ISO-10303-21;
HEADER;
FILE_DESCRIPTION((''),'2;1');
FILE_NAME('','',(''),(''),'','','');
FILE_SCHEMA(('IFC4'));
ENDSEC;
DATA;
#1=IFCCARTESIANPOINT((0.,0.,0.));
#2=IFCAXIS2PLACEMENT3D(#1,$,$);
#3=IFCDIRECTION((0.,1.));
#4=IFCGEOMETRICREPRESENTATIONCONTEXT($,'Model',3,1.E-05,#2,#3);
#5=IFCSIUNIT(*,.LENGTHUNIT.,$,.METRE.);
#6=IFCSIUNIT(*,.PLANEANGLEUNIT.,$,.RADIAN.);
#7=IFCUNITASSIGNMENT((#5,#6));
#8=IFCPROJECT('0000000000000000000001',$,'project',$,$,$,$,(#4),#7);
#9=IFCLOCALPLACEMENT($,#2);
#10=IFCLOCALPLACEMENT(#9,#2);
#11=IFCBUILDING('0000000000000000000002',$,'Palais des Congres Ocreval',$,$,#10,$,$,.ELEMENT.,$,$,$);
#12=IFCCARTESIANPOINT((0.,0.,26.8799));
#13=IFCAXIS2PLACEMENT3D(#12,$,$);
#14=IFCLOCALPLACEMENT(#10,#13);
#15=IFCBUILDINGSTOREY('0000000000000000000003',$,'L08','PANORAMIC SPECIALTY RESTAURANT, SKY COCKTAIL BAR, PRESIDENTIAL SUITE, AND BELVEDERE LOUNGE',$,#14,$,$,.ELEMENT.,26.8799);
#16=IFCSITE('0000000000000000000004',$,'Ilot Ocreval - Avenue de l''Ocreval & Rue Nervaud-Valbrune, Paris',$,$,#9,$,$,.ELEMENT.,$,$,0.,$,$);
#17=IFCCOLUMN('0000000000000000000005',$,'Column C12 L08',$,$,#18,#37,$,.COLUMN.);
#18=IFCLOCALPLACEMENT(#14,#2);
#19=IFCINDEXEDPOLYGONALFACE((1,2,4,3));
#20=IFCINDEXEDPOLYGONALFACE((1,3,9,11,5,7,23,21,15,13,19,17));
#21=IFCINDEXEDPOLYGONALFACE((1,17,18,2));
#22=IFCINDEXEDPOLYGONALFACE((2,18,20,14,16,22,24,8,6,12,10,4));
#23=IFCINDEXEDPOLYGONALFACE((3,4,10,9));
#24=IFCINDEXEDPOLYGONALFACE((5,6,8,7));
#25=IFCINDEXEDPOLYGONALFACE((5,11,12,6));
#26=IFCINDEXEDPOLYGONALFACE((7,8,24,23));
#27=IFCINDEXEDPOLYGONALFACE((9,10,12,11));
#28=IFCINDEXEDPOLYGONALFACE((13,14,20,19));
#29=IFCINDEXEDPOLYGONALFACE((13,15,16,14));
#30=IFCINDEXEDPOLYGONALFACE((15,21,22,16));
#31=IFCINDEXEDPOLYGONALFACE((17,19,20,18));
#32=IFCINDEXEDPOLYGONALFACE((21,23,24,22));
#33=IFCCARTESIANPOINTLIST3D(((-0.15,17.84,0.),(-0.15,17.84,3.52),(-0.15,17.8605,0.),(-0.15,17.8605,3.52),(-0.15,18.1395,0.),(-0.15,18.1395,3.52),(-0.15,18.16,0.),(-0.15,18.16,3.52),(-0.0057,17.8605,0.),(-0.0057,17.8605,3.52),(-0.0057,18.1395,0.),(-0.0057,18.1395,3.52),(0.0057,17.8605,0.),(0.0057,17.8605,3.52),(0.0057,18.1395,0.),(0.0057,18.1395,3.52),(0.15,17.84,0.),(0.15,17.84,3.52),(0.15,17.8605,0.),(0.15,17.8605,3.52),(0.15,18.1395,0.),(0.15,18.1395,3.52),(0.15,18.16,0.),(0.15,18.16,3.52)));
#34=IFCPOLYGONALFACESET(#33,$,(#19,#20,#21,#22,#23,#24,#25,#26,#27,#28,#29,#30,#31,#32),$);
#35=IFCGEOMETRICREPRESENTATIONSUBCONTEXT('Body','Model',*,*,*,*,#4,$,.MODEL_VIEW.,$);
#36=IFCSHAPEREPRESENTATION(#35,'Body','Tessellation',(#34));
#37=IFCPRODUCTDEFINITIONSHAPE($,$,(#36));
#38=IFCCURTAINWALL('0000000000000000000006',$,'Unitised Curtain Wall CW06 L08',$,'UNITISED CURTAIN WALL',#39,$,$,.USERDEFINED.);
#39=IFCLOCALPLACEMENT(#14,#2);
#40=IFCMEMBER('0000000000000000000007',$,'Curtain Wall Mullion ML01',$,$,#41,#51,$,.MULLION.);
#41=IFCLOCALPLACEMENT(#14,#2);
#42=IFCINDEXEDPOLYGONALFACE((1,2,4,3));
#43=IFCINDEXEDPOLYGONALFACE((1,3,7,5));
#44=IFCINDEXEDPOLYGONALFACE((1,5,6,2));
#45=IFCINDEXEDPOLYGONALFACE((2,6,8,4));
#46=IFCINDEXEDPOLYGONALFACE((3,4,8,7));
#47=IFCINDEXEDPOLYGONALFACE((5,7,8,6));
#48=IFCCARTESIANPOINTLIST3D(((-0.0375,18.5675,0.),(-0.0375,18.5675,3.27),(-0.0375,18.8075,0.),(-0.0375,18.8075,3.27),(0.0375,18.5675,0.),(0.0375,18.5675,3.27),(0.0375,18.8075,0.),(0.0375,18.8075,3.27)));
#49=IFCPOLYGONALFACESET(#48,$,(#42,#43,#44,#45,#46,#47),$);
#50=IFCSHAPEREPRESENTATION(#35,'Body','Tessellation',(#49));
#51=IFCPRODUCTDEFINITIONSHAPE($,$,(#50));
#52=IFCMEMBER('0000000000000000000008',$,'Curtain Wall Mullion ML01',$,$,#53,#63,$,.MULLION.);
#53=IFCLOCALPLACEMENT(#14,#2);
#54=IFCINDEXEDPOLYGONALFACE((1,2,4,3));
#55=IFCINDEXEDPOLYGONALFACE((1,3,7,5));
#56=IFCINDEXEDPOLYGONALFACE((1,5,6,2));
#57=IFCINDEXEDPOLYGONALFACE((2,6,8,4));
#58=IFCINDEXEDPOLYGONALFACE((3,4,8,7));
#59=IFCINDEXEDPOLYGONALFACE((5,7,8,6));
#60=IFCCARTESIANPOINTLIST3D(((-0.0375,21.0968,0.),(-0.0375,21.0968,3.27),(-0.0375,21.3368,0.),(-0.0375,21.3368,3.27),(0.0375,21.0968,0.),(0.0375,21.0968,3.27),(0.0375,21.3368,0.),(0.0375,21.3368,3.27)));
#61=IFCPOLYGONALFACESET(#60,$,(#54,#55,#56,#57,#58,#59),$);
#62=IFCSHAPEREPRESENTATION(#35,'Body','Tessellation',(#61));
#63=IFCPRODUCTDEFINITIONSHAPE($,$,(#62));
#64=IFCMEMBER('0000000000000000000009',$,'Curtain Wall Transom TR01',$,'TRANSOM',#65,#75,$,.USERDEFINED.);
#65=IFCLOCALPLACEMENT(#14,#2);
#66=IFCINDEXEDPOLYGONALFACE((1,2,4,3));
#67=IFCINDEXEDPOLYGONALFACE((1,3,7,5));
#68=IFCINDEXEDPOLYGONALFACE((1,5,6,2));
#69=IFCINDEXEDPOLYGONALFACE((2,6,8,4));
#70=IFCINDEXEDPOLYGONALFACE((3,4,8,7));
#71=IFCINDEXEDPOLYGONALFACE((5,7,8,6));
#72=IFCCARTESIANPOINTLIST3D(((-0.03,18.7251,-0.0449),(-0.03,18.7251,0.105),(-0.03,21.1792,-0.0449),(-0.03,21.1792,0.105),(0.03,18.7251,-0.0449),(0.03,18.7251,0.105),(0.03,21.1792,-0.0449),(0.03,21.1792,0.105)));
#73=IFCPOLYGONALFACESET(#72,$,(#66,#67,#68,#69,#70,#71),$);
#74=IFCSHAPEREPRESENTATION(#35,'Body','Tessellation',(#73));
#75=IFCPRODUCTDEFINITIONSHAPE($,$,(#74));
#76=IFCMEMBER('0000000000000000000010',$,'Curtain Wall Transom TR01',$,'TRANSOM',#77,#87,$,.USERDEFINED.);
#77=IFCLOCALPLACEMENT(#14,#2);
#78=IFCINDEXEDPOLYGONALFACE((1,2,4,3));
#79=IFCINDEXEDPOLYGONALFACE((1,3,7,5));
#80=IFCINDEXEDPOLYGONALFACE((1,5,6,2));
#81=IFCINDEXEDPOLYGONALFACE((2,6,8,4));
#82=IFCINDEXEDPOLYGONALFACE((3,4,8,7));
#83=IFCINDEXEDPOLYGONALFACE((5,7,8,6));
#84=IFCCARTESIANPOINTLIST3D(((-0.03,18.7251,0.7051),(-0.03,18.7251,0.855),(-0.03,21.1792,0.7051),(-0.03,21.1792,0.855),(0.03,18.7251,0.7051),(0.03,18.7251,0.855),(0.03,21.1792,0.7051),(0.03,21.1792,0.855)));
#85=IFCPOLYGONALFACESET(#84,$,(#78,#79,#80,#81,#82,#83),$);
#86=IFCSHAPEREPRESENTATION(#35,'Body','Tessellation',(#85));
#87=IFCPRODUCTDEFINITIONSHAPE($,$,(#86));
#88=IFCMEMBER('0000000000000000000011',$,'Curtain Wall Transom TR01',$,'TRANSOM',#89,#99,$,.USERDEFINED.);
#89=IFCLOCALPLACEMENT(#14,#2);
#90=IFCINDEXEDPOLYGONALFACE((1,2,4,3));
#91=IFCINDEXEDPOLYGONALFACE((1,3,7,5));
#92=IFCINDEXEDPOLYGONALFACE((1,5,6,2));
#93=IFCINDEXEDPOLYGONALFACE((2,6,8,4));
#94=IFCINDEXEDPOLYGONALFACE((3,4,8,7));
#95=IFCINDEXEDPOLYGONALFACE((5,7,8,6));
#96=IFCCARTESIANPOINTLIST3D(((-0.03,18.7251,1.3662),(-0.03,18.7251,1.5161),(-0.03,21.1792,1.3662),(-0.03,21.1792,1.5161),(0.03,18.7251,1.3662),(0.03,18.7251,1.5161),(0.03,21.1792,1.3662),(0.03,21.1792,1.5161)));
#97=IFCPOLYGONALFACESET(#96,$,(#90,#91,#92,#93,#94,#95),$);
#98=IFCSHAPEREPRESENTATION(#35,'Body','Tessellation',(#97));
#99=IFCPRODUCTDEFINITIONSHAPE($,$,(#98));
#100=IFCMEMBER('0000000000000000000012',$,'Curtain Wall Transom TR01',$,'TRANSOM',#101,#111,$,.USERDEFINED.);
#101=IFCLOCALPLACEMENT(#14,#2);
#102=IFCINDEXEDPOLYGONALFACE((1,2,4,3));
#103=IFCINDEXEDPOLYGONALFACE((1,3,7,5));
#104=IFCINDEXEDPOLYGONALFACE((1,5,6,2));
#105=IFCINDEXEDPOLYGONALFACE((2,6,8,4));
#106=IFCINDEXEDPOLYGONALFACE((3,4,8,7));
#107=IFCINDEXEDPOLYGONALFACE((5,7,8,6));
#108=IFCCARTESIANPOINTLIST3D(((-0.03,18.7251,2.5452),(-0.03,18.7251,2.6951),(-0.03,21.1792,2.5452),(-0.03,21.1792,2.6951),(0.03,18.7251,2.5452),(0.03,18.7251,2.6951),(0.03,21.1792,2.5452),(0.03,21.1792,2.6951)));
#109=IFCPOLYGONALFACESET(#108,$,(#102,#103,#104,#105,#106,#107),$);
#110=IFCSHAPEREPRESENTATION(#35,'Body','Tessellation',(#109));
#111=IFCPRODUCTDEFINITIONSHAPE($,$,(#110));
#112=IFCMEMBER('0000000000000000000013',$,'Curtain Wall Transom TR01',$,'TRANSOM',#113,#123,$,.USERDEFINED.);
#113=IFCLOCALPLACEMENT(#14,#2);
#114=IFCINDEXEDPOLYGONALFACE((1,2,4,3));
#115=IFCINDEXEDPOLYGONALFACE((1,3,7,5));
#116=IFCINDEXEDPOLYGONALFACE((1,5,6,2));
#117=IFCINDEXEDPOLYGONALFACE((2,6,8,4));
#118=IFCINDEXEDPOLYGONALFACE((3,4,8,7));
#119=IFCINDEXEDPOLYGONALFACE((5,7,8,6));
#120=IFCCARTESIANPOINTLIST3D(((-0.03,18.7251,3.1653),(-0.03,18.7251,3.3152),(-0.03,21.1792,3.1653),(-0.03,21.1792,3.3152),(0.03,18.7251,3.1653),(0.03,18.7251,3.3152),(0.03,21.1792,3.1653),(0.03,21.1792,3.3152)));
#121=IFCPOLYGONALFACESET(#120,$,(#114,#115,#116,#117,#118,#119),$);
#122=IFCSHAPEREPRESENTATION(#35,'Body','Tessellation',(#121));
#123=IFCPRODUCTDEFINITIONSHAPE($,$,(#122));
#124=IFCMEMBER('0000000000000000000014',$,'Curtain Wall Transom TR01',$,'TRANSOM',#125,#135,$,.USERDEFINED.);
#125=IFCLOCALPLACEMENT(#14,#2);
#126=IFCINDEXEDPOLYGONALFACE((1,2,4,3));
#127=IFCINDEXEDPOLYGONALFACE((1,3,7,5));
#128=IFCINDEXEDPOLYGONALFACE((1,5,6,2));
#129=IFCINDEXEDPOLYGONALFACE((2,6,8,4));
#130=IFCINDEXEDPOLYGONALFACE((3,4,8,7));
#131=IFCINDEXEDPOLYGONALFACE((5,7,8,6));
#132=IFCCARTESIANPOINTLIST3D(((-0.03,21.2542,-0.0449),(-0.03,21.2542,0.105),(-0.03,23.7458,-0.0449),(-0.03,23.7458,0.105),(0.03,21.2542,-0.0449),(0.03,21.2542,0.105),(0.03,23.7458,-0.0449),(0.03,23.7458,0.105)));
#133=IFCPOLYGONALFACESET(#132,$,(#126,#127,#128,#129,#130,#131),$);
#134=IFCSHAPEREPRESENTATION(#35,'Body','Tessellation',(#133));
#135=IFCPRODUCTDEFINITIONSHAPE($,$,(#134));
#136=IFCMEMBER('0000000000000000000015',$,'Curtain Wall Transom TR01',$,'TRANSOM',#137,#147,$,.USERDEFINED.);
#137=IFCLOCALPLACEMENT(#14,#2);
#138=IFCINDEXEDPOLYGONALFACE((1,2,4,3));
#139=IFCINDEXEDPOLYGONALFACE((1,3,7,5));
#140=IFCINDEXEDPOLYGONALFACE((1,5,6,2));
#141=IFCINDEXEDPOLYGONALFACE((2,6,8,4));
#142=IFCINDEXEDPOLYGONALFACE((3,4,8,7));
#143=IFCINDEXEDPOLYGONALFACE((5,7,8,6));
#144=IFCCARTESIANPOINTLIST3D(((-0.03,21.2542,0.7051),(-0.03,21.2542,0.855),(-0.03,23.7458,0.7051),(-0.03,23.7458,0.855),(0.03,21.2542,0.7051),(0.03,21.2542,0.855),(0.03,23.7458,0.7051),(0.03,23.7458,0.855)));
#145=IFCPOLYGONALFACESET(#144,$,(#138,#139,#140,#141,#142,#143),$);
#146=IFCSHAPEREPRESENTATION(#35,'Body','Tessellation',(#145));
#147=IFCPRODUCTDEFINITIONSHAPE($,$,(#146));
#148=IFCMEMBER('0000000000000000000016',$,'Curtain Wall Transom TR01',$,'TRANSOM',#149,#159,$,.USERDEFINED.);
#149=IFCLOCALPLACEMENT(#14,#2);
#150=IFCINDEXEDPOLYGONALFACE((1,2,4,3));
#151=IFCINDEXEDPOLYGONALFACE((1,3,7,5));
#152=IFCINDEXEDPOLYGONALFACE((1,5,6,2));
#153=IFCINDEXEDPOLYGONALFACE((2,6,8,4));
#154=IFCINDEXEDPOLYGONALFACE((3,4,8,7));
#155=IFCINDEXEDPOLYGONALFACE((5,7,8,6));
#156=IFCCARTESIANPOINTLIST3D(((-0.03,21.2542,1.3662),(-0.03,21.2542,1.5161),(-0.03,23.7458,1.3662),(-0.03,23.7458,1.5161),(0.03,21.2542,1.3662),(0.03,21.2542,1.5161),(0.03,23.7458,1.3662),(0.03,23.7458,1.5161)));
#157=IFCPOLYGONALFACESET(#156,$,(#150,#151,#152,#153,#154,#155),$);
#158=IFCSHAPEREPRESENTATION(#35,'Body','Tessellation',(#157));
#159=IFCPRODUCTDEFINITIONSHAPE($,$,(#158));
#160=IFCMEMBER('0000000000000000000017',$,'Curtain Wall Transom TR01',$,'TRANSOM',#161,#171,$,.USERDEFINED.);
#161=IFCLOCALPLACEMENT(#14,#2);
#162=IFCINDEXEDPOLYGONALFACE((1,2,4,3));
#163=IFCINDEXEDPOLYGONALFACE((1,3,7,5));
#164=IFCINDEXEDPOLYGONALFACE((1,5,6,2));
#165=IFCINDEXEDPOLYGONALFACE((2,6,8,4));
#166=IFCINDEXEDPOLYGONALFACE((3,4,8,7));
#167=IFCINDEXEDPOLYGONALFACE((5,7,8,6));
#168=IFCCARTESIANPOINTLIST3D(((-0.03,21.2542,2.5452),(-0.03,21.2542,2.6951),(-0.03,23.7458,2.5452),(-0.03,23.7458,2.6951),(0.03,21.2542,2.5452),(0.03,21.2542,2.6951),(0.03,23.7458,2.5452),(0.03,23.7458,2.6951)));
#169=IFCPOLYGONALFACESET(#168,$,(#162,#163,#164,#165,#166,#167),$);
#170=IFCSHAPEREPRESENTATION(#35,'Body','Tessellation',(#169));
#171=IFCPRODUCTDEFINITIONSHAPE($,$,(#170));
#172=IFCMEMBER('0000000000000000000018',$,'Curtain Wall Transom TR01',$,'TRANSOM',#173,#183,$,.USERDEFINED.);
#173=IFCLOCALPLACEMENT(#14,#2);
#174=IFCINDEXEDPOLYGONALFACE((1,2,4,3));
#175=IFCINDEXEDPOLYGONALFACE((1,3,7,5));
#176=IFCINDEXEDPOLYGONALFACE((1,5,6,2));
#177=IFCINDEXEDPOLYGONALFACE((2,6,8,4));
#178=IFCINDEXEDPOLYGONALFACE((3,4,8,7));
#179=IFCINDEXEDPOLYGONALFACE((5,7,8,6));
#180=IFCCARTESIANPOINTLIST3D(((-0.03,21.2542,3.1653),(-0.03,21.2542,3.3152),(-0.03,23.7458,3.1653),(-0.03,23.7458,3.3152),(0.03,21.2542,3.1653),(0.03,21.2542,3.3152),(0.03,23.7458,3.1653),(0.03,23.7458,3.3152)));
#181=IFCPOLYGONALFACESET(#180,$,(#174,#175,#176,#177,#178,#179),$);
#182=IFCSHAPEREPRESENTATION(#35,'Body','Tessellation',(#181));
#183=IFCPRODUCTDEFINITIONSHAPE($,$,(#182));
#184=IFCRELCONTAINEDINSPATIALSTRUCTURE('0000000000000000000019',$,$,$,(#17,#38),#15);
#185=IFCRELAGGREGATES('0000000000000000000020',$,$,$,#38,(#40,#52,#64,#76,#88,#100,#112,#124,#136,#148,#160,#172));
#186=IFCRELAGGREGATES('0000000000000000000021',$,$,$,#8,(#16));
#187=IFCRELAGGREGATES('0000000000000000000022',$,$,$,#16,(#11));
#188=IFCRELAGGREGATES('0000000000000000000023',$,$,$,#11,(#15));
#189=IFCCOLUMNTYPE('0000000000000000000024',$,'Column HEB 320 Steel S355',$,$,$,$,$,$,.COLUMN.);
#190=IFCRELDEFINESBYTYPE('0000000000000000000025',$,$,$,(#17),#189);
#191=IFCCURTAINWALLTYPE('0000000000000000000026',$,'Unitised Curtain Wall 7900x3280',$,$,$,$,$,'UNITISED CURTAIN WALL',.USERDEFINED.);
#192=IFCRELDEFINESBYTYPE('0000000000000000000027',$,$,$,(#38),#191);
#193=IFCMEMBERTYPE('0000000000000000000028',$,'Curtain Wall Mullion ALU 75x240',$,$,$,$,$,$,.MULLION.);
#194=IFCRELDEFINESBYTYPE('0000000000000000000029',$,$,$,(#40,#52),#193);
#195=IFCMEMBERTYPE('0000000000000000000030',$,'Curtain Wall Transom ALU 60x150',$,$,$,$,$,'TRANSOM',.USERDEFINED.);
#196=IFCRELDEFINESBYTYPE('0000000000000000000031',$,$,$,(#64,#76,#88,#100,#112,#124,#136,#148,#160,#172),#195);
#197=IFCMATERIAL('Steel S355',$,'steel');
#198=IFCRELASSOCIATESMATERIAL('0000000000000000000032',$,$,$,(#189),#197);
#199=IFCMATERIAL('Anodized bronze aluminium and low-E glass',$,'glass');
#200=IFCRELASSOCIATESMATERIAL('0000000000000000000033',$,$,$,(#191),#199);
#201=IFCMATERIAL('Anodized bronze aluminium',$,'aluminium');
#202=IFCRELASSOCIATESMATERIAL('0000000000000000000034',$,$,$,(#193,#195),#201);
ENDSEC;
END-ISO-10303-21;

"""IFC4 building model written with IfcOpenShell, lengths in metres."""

from ifc_helpers import new_model, si_unit, direction, frame, origin, origin_2d, place, context, subcontext, project, spatial, rectangle, i_section, extrude, material, material_profile, profile_set, type_object, element, aggregate, save


model = new_model("IFC4")

# Units and contexts
model_context = context("Model", 3, precision=1e-05, world=origin(), true_north=direction((0.0, 1.0)))
body_context = subcontext(model_context, "Body", "Model", "MODEL_VIEW")
ifc_project = project(units=[si_unit("LENGTHUNIT", "METRE"), si_unit("PLANEANGLEUNIT", "RADIAN")], contexts=[model_context])

# Site, building, storey
site_placement = place(None, origin())
site = spatial("IfcSite", under=ifc_project, at=site_placement, Name="Ilot Ocreval - Avenue de l'Ocreval & Rue Nervaud-Valbrune, Paris", CompositionType="ELEMENT", RefElevation=0.0)
building_placement = place(site_placement, origin())
building = spatial("IfcBuilding", under=site, at=building_placement, Name="Palais des Congres Ocreval", CompositionType="ELEMENT")
storey_placement = place(building_placement, frame((0.0, 0.0, 26.8799)))
storey = spatial("IfcBuildingStorey", under=building, at=storey_placement, Name="L08", Description="PANORAMIC SPECIALTY RESTAURANT, SKY COCKTAIL BAR, PRESIDENTIAL SUITE, AND BELVEDERE LOUNGE", CompositionType="ELEMENT", Elevation=26.8799)

# Column
ifc_material_1 = material(Name="Steel S355", Category="steel")
ifc_material_profile_1 = material_profile(ifc_material_1, i_section(OverallWidth=0.3, OverallDepth=0.3201, WebThickness=0.0115, FlangeThickness=0.0205, at=origin_2d()), Name="HEB 320")
ifc_profile_set_1 = profile_set([ifc_material_profile_1], Name="Steel S355")
column_type = type_object("IfcColumnType", Name="Column HEB 320 Steel S355", PredefinedType="COLUMN", material=ifc_profile_set_1)
column_placement = place(storey_placement, frame((0.0, 18.0, 0.0), z_axis=(0.0, 0.0, 1.0), x_axis=(1.0, 0.0, 0.0)))
element("IfcColumn", 1, at=column_placement, inside=storey, type_object=column_type, Name="Column C12 L08", PredefinedType="COLUMN", context=body_context, shape_type="SweptSolid", body=[
    extrude(i_section(OverallWidth=0.3, OverallDepth=0.3201, WebThickness=0.0115, FlangeThickness=0.0205, at=origin_2d()), origin(), (0.0, 0.0, 1.0), 3.52),
])

# Curtain wall, members
ifc_material_2 = material(Name="Anodized bronze aluminium and low-E glass", Category="glass")
curtain_wall_type = type_object("IfcCurtainWallType", Name="Unitised Curtain Wall 7900x3280", ElementType="UNITISED CURTAIN WALL", PredefinedType="USERDEFINED", material=ifc_material_2)
curtain_wall_placement = place(storey_placement, origin())
curtain_wall = element("IfcCurtainWall", 2, at=curtain_wall_placement, inside=storey, type_object=curtain_wall_type, Name="Unitised Curtain Wall CW06 L08", ObjectType="UNITISED CURTAIN WALL", PredefinedType="USERDEFINED")
ifc_material_3 = material(Name="Anodized bronze aluminium", Category="aluminium")
ifc_material_profile_2 = material_profile(ifc_material_3, rectangle(XDim=0.075, YDim=0.24, at=origin_2d()), Name="ALU 75x240")
ifc_profile_set_2 = profile_set([ifc_material_profile_2], Name="Anodized bronze aluminium")
member_type_1 = type_object("IfcMemberType", Name="Curtain Wall Mullion ALU 75x240", PredefinedType="MULLION", material=ifc_profile_set_2)
member_1_placement = place(storey_placement, frame((0.0, 18.6875, 0.0), z_axis=(0.0, 0.0, 1.0), x_axis=(-1.0, 0.0, 0.0)))
member_1 = element("IfcMember", 3, at=member_1_placement, type_object=member_type_1, Name="Curtain Wall Mullion ML01", PredefinedType="MULLION", context=body_context, shape_type="SweptSolid", body=[
    extrude(rectangle(XDim=0.075, YDim=0.24, at=origin_2d()), origin(), (0.0, 0.0, 1.0), 3.27),
])
member_2_placement = place(storey_placement, frame((0.0, 21.2168, 0.0), z_axis=(0.0, 0.0, 1.0), x_axis=(-1.0, 0.0, 0.0)))
member_2 = element("IfcMember", 4, at=member_2_placement, type_object=member_type_1, Name="Curtain Wall Mullion ML01", PredefinedType="MULLION", context=body_context, shape_type="SweptSolid", body=[
    extrude(rectangle(XDim=0.075, YDim=0.24, at=origin_2d()), origin(), (0.0, 0.0, 1.0), 3.27),
])
ifc_material_profile_3 = material_profile(ifc_material_3, rectangle(XDim=0.0601, YDim=0.1499, at=origin_2d()), Name="ALU 60x150")
ifc_profile_set_3 = profile_set([ifc_material_profile_3], Name="Anodized bronze aluminium")
member_type_2 = type_object("IfcMemberType", Name="Curtain Wall Transom ALU 60x150", ElementType="TRANSOM", PredefinedType="USERDEFINED", material=ifc_profile_set_3)
member_3_placement = place(storey_placement, frame((0.0, 18.7251, 0.03), z_axis=(0.0, 1.0, 0.0), x_axis=(-1.0, 0.0, 0.0)))
member_3 = element("IfcMember", 5, at=member_3_placement, type_object=member_type_2, Name="Curtain Wall Transom TR01", ObjectType="TRANSOM", PredefinedType="USERDEFINED", context=body_context, shape_type="SweptSolid", body=[
    extrude(rectangle(XDim=0.0601, YDim=0.1499, at=origin_2d()), origin(), (0.0, 0.0, 1.0), 2.4541),
])
member_4_placement = place(storey_placement, frame((0.0, 18.7251, 0.78), z_axis=(0.0, 1.0, 0.0), x_axis=(-1.0, 0.0, 0.0)))
member_4 = element("IfcMember", 6, at=member_4_placement, type_object=member_type_2, Name="Curtain Wall Transom TR01", ObjectType="TRANSOM", PredefinedType="USERDEFINED", context=body_context, shape_type="SweptSolid", body=[
    extrude(rectangle(XDim=0.0601, YDim=0.1499, at=origin_2d()), origin(), (0.0, 0.0, 1.0), 2.4541),
])
member_5_placement = place(storey_placement, frame((0.0, 18.7251, 1.4412), z_axis=(0.0, 1.0, 0.0), x_axis=(-1.0, 0.0, 0.0)))
member_5 = element("IfcMember", 7, at=member_5_placement, type_object=member_type_2, Name="Curtain Wall Transom TR01", ObjectType="TRANSOM", PredefinedType="USERDEFINED", context=body_context, shape_type="SweptSolid", body=[
    extrude(rectangle(XDim=0.0601, YDim=0.1499, at=origin_2d()), origin(), (0.0, 0.0, 1.0), 2.4541),
])
member_6_placement = place(storey_placement, frame((0.0, 18.7251, 2.6201), z_axis=(0.0, 1.0, 0.0), x_axis=(-1.0, 0.0, 0.0)))
member_6 = element("IfcMember", 8, at=member_6_placement, type_object=member_type_2, Name="Curtain Wall Transom TR01", ObjectType="TRANSOM", PredefinedType="USERDEFINED", context=body_context, shape_type="SweptSolid", body=[
    extrude(rectangle(XDim=0.0601, YDim=0.1499, at=origin_2d()), origin(), (0.0, 0.0, 1.0), 2.4541),
])
member_7_placement = place(storey_placement, frame((0.0, 18.7251, 3.2402), z_axis=(0.0, 1.0, 0.0), x_axis=(-1.0, 0.0, 0.0)))
member_7 = element("IfcMember", 9, at=member_7_placement, type_object=member_type_2, Name="Curtain Wall Transom TR01", ObjectType="TRANSOM", PredefinedType="USERDEFINED", context=body_context, shape_type="SweptSolid", body=[
    extrude(rectangle(XDim=0.0601, YDim=0.1499, at=origin_2d()), origin(), (0.0, 0.0, 1.0), 2.4541),
])
member_8_placement = place(storey_placement, frame((0.0, 21.2542, 0.03), z_axis=(0.0, 1.0, 0.0), x_axis=(-1.0, 0.0, 0.0)))
member_8 = element("IfcMember", 10, at=member_8_placement, type_object=member_type_2, Name="Curtain Wall Transom TR01", ObjectType="TRANSOM", PredefinedType="USERDEFINED", context=body_context, shape_type="SweptSolid", body=[
    extrude(rectangle(XDim=0.0601, YDim=0.1499, at=origin_2d()), origin(), (0.0, 0.0, 1.0), 2.4917),
])
member_9_placement = place(storey_placement, frame((0.0, 21.2542, 0.78), z_axis=(0.0, 1.0, 0.0), x_axis=(-1.0, 0.0, 0.0)))
member_9 = element("IfcMember", 11, at=member_9_placement, type_object=member_type_2, Name="Curtain Wall Transom TR01", ObjectType="TRANSOM", PredefinedType="USERDEFINED", context=body_context, shape_type="SweptSolid", body=[
    extrude(rectangle(XDim=0.0601, YDim=0.1499, at=origin_2d()), origin(), (0.0, 0.0, 1.0), 2.4917),
])
member_10_placement = place(storey_placement, frame((0.0, 21.2542, 1.4412), z_axis=(0.0, 1.0, 0.0), x_axis=(-1.0, 0.0, 0.0)))
member_10 = element("IfcMember", 12, at=member_10_placement, type_object=member_type_2, Name="Curtain Wall Transom TR01", ObjectType="TRANSOM", PredefinedType="USERDEFINED", context=body_context, shape_type="SweptSolid", body=[
    extrude(rectangle(XDim=0.0601, YDim=0.1499, at=origin_2d()), origin(), (0.0, 0.0, 1.0), 2.4917),
])
member_11_placement = place(storey_placement, frame((0.0, 21.2542, 2.6201), z_axis=(0.0, 1.0, 0.0), x_axis=(-1.0, 0.0, 0.0)))
member_11 = element("IfcMember", 13, at=member_11_placement, type_object=member_type_2, Name="Curtain Wall Transom TR01", ObjectType="TRANSOM", PredefinedType="USERDEFINED", context=body_context, shape_type="SweptSolid", body=[
    extrude(rectangle(XDim=0.0601, YDim=0.1499, at=origin_2d()), origin(), (0.0, 0.0, 1.0), 2.4917),
])
member_12_placement = place(storey_placement, frame((0.0, 21.2542, 3.2402), z_axis=(0.0, 1.0, 0.0), x_axis=(-1.0, 0.0, 0.0)))
member_12 = element("IfcMember", 14, at=member_12_placement, type_object=member_type_2, Name="Curtain Wall Transom TR01", ObjectType="TRANSOM", PredefinedType="USERDEFINED", context=body_context, shape_type="SweptSolid", body=[
    extrude(rectangle(XDim=0.0601, YDim=0.1499, at=origin_2d()), origin(), (0.0, 0.0, 1.0), 2.4917),
])

aggregate(curtain_wall, [member_1, member_2, member_3, member_4, member_5, member_6, member_7, member_8, member_9, member_10, member_11, member_12])

save(model, "model.ifc")
